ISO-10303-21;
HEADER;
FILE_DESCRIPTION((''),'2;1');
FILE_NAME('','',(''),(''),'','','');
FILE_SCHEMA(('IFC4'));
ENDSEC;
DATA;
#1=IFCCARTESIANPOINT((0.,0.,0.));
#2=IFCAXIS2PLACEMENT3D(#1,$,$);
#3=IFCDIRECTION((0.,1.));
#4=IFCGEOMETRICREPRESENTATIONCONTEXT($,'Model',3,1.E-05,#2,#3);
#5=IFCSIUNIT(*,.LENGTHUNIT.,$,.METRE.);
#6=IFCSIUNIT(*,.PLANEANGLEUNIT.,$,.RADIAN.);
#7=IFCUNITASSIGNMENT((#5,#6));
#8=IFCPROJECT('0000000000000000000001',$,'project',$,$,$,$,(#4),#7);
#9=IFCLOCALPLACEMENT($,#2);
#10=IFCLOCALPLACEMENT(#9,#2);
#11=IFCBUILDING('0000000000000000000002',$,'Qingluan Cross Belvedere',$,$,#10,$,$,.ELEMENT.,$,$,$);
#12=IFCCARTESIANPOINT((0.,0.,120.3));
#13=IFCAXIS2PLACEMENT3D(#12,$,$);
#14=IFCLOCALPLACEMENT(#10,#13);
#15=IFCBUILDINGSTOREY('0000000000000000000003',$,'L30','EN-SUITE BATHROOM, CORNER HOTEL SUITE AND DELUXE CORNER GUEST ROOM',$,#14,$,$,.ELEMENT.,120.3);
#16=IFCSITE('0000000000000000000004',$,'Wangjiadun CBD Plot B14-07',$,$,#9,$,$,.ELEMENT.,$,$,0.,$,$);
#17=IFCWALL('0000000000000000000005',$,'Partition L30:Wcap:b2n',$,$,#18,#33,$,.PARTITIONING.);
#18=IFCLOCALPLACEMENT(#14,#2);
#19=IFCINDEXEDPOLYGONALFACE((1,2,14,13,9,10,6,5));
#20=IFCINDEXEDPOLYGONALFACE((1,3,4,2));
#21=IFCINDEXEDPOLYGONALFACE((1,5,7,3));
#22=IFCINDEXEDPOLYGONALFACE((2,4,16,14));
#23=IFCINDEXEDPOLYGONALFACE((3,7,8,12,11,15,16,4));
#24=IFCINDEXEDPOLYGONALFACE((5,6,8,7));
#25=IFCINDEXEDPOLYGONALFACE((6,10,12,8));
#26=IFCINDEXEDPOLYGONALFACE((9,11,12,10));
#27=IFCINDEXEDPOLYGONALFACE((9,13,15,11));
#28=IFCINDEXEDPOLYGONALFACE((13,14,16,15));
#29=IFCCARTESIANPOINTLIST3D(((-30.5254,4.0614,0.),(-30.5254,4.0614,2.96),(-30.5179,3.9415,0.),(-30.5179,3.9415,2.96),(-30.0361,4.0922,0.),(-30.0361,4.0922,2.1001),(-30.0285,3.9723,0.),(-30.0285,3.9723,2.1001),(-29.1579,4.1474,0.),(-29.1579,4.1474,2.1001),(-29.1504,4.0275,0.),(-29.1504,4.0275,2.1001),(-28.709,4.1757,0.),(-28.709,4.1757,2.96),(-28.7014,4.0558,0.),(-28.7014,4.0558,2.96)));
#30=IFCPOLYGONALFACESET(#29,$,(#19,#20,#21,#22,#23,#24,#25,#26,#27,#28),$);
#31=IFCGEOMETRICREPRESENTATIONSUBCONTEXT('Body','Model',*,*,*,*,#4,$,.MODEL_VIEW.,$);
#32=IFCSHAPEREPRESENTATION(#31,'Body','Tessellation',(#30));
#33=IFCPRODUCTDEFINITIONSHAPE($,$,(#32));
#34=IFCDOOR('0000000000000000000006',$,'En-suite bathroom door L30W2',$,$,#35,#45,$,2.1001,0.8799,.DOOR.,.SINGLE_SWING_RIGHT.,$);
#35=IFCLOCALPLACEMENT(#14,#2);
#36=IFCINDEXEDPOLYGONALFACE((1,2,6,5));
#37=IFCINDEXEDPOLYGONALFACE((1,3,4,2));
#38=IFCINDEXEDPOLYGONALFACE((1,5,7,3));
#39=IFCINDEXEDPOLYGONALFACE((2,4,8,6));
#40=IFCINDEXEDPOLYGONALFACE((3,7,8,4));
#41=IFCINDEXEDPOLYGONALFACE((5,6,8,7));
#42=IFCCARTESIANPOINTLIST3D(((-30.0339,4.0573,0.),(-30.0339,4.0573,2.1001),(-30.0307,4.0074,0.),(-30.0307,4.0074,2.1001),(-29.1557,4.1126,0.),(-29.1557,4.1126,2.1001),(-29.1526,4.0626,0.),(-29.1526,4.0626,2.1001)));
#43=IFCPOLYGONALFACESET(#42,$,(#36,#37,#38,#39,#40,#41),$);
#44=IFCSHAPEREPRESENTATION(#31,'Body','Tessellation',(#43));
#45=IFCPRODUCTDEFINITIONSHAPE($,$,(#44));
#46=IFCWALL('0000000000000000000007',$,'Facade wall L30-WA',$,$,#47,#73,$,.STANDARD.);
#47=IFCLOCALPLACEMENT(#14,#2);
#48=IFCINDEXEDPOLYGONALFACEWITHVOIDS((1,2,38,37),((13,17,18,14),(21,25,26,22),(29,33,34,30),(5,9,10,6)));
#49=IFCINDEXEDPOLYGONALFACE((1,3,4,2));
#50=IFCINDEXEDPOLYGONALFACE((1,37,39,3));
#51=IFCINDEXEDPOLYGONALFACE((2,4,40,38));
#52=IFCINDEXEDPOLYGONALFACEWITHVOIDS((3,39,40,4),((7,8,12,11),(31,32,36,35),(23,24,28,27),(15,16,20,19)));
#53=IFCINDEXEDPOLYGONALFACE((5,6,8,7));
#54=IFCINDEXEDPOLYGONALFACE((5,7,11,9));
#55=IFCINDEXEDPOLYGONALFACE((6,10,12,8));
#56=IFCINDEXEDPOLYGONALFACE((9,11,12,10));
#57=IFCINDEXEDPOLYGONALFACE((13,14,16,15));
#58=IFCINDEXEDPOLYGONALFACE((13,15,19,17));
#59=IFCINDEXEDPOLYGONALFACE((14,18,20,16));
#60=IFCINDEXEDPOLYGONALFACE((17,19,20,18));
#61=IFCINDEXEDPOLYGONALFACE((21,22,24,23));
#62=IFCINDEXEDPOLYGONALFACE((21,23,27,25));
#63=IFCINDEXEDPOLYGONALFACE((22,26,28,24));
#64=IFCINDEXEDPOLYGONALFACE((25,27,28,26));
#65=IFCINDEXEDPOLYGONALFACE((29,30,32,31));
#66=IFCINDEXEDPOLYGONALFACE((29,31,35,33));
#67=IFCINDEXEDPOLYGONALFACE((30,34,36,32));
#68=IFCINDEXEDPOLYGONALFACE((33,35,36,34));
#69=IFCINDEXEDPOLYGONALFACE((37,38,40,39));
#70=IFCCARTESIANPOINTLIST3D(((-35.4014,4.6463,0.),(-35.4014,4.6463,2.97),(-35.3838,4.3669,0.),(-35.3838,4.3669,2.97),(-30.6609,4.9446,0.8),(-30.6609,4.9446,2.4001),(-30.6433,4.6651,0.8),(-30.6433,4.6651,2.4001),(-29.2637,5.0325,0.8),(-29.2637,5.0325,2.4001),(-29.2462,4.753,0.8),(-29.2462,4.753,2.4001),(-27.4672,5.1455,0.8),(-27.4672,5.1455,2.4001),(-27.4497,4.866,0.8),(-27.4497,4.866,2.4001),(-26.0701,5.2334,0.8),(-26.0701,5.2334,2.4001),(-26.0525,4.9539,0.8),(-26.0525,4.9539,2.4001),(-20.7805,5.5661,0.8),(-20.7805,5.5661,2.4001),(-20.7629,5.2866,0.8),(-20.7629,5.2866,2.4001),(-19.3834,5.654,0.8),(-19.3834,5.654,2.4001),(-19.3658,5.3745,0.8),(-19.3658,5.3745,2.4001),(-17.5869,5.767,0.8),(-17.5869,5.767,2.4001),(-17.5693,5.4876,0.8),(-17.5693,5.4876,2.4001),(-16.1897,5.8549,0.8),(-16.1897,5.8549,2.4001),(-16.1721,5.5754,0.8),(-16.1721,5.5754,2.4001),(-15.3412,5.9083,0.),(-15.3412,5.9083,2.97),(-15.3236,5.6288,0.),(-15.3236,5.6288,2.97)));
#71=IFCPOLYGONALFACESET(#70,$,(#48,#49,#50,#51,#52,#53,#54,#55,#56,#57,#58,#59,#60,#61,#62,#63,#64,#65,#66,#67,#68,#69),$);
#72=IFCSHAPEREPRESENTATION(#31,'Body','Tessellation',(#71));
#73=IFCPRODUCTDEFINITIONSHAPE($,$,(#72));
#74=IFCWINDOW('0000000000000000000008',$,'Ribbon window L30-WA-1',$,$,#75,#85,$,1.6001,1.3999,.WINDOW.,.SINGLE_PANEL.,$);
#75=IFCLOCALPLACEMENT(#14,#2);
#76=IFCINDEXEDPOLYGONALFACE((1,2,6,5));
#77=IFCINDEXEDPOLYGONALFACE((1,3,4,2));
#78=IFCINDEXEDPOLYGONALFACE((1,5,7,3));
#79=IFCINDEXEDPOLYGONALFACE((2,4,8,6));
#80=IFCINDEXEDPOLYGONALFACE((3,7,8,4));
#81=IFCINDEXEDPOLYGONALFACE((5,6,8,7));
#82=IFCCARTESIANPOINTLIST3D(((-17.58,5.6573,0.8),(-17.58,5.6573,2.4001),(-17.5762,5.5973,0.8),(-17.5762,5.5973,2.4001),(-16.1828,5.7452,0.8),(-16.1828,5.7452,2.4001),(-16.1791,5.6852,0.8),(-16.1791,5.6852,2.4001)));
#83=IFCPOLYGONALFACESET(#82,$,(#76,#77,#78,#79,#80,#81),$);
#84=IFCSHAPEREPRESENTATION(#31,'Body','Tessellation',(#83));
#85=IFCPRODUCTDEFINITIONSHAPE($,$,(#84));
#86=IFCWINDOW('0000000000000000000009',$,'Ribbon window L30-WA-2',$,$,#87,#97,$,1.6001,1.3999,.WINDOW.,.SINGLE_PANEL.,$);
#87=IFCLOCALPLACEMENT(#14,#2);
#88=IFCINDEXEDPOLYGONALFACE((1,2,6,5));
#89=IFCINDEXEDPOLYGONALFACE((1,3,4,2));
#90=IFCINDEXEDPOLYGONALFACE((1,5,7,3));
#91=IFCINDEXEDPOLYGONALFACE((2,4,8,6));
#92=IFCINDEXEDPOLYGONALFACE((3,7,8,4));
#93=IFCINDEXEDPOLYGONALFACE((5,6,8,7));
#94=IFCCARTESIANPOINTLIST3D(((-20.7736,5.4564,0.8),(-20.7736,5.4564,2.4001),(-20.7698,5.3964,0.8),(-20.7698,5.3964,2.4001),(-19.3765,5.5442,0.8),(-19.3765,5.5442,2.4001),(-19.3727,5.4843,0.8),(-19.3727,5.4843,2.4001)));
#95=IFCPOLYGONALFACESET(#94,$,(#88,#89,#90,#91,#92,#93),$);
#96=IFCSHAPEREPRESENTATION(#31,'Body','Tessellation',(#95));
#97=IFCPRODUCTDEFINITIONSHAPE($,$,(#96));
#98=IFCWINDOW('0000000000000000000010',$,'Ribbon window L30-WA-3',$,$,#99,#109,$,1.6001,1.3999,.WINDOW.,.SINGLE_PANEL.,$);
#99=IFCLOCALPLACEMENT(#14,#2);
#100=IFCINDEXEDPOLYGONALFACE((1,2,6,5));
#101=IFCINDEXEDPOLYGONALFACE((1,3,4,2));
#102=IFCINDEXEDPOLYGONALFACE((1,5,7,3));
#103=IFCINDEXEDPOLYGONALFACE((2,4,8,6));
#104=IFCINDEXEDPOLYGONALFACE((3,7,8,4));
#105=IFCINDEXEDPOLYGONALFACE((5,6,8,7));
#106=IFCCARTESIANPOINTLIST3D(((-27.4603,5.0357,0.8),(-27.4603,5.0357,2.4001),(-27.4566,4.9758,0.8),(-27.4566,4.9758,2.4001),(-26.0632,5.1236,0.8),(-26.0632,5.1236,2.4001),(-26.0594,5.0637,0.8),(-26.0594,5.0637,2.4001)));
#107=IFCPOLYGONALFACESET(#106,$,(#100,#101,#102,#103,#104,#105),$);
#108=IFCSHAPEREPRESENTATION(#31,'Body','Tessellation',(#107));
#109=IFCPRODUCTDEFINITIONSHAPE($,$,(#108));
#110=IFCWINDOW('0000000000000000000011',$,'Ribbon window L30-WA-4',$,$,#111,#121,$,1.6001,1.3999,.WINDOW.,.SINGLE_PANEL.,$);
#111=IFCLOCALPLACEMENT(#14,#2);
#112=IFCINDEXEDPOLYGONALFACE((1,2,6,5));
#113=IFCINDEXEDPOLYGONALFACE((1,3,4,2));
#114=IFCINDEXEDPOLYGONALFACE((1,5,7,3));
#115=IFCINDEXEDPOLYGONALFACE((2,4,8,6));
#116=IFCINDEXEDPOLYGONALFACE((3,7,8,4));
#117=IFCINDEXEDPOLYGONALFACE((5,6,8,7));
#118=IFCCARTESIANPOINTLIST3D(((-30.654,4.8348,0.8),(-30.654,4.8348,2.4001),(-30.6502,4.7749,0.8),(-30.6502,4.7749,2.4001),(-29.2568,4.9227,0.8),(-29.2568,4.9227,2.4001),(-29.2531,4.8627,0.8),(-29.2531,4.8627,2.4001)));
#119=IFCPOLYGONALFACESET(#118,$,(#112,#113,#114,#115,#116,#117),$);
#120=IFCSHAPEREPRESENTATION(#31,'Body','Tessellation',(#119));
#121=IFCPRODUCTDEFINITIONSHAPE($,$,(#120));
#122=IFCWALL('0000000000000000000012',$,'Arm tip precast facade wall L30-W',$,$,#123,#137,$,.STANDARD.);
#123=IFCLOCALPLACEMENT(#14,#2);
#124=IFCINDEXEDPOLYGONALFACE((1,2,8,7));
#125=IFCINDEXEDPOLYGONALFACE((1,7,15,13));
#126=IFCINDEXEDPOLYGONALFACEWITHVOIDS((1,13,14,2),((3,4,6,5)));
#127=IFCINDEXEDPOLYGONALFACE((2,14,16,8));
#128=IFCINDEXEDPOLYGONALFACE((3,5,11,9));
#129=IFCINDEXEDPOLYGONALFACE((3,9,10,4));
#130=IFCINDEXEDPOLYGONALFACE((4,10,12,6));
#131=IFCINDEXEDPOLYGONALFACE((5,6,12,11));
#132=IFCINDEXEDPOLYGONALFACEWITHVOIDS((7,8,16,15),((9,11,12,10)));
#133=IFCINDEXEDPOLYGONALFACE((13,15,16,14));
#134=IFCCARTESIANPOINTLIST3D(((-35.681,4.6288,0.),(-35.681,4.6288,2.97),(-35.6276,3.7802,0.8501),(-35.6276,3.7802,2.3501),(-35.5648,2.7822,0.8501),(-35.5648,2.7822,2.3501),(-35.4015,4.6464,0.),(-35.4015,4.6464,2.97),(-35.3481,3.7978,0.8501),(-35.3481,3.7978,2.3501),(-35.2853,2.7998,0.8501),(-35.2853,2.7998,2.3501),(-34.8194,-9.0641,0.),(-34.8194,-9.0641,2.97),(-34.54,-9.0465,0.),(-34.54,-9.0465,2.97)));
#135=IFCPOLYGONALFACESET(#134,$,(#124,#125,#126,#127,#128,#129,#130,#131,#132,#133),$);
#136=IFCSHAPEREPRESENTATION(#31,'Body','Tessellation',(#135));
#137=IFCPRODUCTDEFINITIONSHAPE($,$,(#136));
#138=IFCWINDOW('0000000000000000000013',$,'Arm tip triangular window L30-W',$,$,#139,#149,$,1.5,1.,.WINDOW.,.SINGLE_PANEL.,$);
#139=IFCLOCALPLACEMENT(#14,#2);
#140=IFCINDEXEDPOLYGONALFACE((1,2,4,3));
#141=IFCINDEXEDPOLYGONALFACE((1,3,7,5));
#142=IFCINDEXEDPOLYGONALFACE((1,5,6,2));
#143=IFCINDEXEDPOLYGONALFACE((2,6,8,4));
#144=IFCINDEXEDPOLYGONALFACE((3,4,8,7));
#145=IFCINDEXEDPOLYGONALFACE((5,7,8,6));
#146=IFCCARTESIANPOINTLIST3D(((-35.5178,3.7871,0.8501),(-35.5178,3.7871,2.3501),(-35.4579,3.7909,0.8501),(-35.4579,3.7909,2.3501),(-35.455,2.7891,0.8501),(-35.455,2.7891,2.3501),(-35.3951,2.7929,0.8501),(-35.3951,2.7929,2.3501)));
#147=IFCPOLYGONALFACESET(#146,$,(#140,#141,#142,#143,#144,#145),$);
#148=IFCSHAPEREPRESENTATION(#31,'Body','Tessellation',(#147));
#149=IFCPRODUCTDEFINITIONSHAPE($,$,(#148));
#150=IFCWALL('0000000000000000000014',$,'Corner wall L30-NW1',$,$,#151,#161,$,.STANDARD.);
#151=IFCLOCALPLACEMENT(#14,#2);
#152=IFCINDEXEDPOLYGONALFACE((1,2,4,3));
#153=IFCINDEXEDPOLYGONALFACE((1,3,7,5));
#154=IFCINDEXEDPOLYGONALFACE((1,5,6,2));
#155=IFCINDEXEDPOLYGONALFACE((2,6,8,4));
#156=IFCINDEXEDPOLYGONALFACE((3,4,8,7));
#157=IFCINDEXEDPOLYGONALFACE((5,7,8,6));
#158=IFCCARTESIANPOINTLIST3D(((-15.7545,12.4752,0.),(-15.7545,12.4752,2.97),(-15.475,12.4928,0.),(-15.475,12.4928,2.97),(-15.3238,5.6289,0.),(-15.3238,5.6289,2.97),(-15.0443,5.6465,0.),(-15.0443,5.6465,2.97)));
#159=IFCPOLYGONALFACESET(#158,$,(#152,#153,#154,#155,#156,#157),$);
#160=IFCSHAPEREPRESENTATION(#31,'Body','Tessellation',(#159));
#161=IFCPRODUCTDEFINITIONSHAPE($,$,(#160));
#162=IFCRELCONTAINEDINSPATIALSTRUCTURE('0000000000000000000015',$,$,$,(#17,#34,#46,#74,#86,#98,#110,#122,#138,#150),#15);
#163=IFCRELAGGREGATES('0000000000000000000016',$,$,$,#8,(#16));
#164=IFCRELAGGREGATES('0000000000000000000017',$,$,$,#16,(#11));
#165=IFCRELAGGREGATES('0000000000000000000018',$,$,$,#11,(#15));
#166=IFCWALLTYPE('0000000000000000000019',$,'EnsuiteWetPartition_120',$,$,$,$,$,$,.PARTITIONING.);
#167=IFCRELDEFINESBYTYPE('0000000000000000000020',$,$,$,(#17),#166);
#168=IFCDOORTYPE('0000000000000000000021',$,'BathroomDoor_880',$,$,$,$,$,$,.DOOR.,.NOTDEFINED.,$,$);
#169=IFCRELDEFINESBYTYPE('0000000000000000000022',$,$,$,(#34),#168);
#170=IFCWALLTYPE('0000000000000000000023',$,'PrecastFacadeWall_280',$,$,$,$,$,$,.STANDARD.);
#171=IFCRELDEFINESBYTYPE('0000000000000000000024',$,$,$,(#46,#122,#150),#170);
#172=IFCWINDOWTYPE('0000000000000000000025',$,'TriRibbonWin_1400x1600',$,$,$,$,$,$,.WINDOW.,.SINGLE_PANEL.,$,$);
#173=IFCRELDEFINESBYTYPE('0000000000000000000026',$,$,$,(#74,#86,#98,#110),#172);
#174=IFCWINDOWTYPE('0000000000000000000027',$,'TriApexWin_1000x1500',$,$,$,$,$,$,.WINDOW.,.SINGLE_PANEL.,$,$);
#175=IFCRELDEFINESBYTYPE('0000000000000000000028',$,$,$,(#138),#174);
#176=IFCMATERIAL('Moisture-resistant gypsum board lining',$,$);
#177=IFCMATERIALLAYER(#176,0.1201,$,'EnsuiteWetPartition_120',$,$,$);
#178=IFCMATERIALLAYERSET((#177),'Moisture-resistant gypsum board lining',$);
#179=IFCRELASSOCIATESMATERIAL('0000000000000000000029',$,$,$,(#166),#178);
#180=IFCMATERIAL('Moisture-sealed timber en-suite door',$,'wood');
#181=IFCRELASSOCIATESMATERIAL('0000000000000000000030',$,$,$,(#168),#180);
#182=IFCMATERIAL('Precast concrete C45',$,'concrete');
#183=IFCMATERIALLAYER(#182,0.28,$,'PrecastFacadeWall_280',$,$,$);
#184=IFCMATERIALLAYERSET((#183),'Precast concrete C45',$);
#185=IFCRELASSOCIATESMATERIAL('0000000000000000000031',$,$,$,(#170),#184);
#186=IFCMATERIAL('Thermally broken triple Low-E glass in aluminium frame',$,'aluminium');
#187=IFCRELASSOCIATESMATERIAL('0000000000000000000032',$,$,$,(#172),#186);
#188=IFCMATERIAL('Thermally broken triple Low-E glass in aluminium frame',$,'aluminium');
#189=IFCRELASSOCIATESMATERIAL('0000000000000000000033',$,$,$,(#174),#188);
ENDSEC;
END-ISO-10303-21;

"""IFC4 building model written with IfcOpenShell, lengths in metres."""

from ifc_helpers import new_model, si_unit, direction, frame, frame_2d, origin, place, context, subcontext, project, spatial, rectangle, extrude, material, layer, layer_set, type_object, element, fill, save


model = new_model("IFC4")

# Units and contexts
model_context = context("Model", 3, precision=1e-05, world=origin(), true_north=direction((0.0, 1.0)))
body_context = subcontext(model_context, "Body", "Model", "MODEL_VIEW")
ifc_project = project(units=[si_unit("LENGTHUNIT", "METRE"), si_unit("PLANEANGLEUNIT", "RADIAN")], contexts=[model_context])

# Site, building, storey
site_placement = place(None, origin())
site = spatial("IfcSite", under=ifc_project, at=site_placement, Name="Wangjiadun CBD Plot B14-07", CompositionType="ELEMENT", RefElevation=0.0)
building_placement = place(site_placement, origin())
building = spatial("IfcBuilding", under=site, at=building_placement, Name="Qingluan Cross Belvedere", CompositionType="ELEMENT")
storey_placement = place(building_placement, frame((0.0, 0.0, 120.3)))
storey = spatial("IfcBuildingStorey", under=building, at=storey_placement, Name="L30", Description="EN-SUITE BATHROOM, CORNER HOTEL SUITE AND DELUXE CORNER GUEST ROOM", CompositionType="ELEMENT", Elevation=120.3)

# Shared definitions
ifc_material_1 = material(Name="Moisture-resistant gypsum board lining")
ifc_layer_1 = layer(ifc_material_1, 0.1201, Name="EnsuiteWetPartition_120")
ifc_layer_set_1 = layer_set([ifc_layer_1], Name="Moisture-resistant gypsum board lining")
wall_type_1 = type_object("IfcWallType", Name="EnsuiteWetPartition_120", PredefinedType="PARTITIONING", material=ifc_layer_set_1)
ifc_material_2 = material(Name="Moisture-sealed timber en-suite door", Category="wood")
door_type_1 = type_object("IfcDoorType", Name="BathroomDoor_880", OperationType="NOTDEFINED", PredefinedType="DOOR", material=ifc_material_2)

# Wall, opening, door
wall_1_placement = place(storey_placement, frame((-28.7051, 4.1157, 0.0), z_axis=(0.0, 0.0, 1.0), x_axis=(-0.998027, -0.062779, 0.0)))
wall_1 = element("IfcWall", 1, at=wall_1_placement, inside=storey, type_object=wall_type_1, Name="Partition L30:Wcap:b2n", PredefinedType="PARTITIONING", context=body_context, shape_type="SweptSolid", body=[
    extrude(rectangle(XDim=1.8201, YDim=0.1201, at=frame_2d((0.9102, 0.0))), origin(), (0.0, 0.0, 1.0), 2.96),
])
opening_1_placement = place(wall_1_placement, frame((0.45, 0.0, 0.0)))
opening_1 = element("IfcOpeningElement", 2, at=opening_1_placement, cuts=wall_1, PredefinedType="OPENING", context=body_context, shape_type="SweptSolid", body=[
    extrude(rectangle(XDim=0.8799, YDim=2.1001, at=frame_2d((0.4399, 1.05))), frame((0.0, 0.0701, 0.0), z_axis=(0.0, -1.0, 0.0), x_axis=(1.0, 0.0, 0.0)), (0.0, 0.0, 1.0), 0.1401),
])
door_1_placement = place(opening_1_placement, origin())
door_1 = element("IfcDoor", 3, at=door_1_placement, inside=storey, type_object=door_type_1, Name="En-suite bathroom door L30W2", OperationType="SINGLE_SWING_RIGHT", OverallHeight=2.1001, OverallWidth=0.8799, PredefinedType="DOOR", context=body_context, shape_type="SweptSolid", body=[
    extrude(rectangle(XDim=0.8799, YDim=2.1001, at=frame_2d((0.4399, 1.05))), frame((0.0, 0.0249, 0.0), z_axis=(0.0, -1.0, 0.0), x_axis=(1.0, 0.0, 0.0)), (0.0, 0.0, 1.0), 0.05),
])
fill(opening_1, door_1)

# Wall, openings, windows
ifc_material_3 = material(Name="Precast concrete C45", Category="concrete")
ifc_layer_2 = layer(ifc_material_3, 0.28, Name="PrecastFacadeWall_280")
ifc_layer_set_2 = layer_set([ifc_layer_2], Name="Precast concrete C45")
wall_type_2 = type_object("IfcWallType", Name="PrecastFacadeWall_280", PredefinedType="STANDARD", material=ifc_layer_set_2)
wall_2_placement = place(storey_placement, frame((-15.3325, 5.7686, 0.0), z_axis=(0.0, 0.0, 1.0), x_axis=(-0.998027, -0.062784, 0.0)))
wall_2 = element("IfcWall", 4, at=wall_2_placement, inside=storey, type_object=wall_type_2, Name="Facade wall L30-WA", PredefinedType="STANDARD", context=body_context, shape_type="SweptSolid", body=[
    extrude(rectangle(XDim=20.0999, YDim=0.28, at=frame_2d((10.0498, 0.0))), origin(), (0.0, 0.0, 1.0), 2.97),
])
opening_2_placement = place(wall_2_placement, frame((0.8501, 0.0, 0.8)))
opening_2 = element("IfcOpeningElement", 5, at=opening_2_placement, cuts=wall_2, PredefinedType="OPENING", context=body_context, shape_type="SweptSolid", body=[
    extrude(rectangle(XDim=1.3999, YDim=1.6001, at=frame_2d((0.7, 0.8))), frame((0.0, 0.1499, 0.0), z_axis=(0.0, -1.0, 0.0), x_axis=(1.0, 0.0, 0.0)), (0.0, 0.0, 1.0), 0.3),
])
opening_3_placement = place(wall_2_placement, frame((4.05, 0.0, 0.8)))
opening_3 = element("IfcOpeningElement", 6, at=opening_3_placement, cuts=wall_2, PredefinedType="OPENING", context=body_context, shape_type="SweptSolid", body=[
    extrude(rectangle(XDim=1.3999, YDim=1.6001, at=frame_2d((0.7, 0.8))), frame((0.0, 0.1499, 0.0), z_axis=(0.0, -1.0, 0.0), x_axis=(1.0, 0.0, 0.0)), (0.0, 0.0, 1.0), 0.3),
])
opening_4_placement = place(wall_2_placement, frame((10.75, 0.0, 0.8)))
opening_4 = element("IfcOpeningElement", 7, at=opening_4_placement, cuts=wall_2, PredefinedType="OPENING", context=body_context, shape_type="SweptSolid", body=[
    extrude(rectangle(XDim=1.3999, YDim=1.6001, at=frame_2d((0.7, 0.8))), frame((0.0, 0.1499, 0.0), z_axis=(0.0, -1.0, 0.0), x_axis=(1.0, 0.0, 0.0)), (0.0, 0.0, 1.0), 0.3),
])
opening_5_placement = place(wall_2_placement, frame((13.95, 0.0, 0.8)))
opening_5 = element("IfcOpeningElement", 8, at=opening_5_placement, cuts=wall_2, PredefinedType="OPENING", context=body_context, shape_type="SweptSolid", body=[
    extrude(rectangle(XDim=1.3999, YDim=1.6001, at=frame_2d((0.7, 0.8))), frame((0.0, 0.1499, 0.0), z_axis=(0.0, -1.0, 0.0), x_axis=(1.0, 0.0, 0.0)), (0.0, 0.0, 1.0), 0.3),
])
ifc_material_4 = material(Name="Thermally broken triple Low-E glass in aluminium frame", Category="aluminium")
window_type_1 = type_object("IfcWindowType", Name="TriRibbonWin_1400x1600", PartitioningType="SINGLE_PANEL", PredefinedType="WINDOW", material=ifc_material_4)
window_1_placement = place(opening_2_placement, origin())
window_1 = element("IfcWindow", 9, at=window_1_placement, inside=storey, type_object=window_type_1, Name="Ribbon window L30-WA-1", OverallHeight=1.6001, OverallWidth=1.3999, PartitioningType="SINGLE_PANEL", PredefinedType="WINDOW", context=body_context, shape_type="SweptSolid", body=[
    extrude(rectangle(XDim=1.3999, YDim=1.6001, at=frame_2d((0.7, 0.8))), frame((0.0, 0.03, 0.0), z_axis=(0.0, -1.0, 0.0), x_axis=(1.0, 0.0, 0.0)), (0.0, 0.0, 1.0), 0.0601),
])
fill(opening_2, window_1)
window_2_placement = place(opening_3_placement, origin())
window_2 = element("IfcWindow", 10, at=window_2_placement, inside=storey, type_object=window_type_1, Name="Ribbon window L30-WA-2", OverallHeight=1.6001, OverallWidth=1.3999, PartitioningType="SINGLE_PANEL", PredefinedType="WINDOW", context=body_context, shape_type="SweptSolid", body=[
    extrude(rectangle(XDim=1.3999, YDim=1.6001, at=frame_2d((0.7, 0.8))), frame((0.0, 0.03, 0.0), z_axis=(0.0, -1.0, 0.0), x_axis=(1.0, 0.0, 0.0)), (0.0, 0.0, 1.0), 0.0601),
])
fill(opening_3, window_2)
window_3_placement = place(opening_4_placement, origin())
window_3 = element("IfcWindow", 11, at=window_3_placement, inside=storey, type_object=window_type_1, Name="Ribbon window L30-WA-3", OverallHeight=1.6001, OverallWidth=1.3999, PartitioningType="SINGLE_PANEL", PredefinedType="WINDOW", context=body_context, shape_type="SweptSolid", body=[
    extrude(rectangle(XDim=1.3999, YDim=1.6001, at=frame_2d((0.7, 0.8))), frame((0.0, 0.03, 0.0), z_axis=(0.0, -1.0, 0.0), x_axis=(1.0, 0.0, 0.0)), (0.0, 0.0, 1.0), 0.0601),
])
fill(opening_4, window_3)
window_4_placement = place(opening_5_placement, origin())
window_4 = element("IfcWindow", 12, at=window_4_placement, inside=storey, type_object=window_type_1, Name="Ribbon window L30-WA-4", OverallHeight=1.6001, OverallWidth=1.3999, PartitioningType="SINGLE_PANEL", PredefinedType="WINDOW", context=body_context, shape_type="SweptSolid", body=[
    extrude(rectangle(XDim=1.3999, YDim=1.6001, at=frame_2d((0.7, 0.8))), frame((0.0, 0.03, 0.0), z_axis=(0.0, -1.0, 0.0), x_axis=(1.0, 0.0, 0.0)), (0.0, 0.0, 1.0), 0.0601),
])
fill(opening_5, window_4)

# Wall, opening, window
wall_3_placement = place(storey_placement, frame((-35.5413, 4.6375, 0.0), z_axis=(0.0, 0.0, 1.0), x_axis=(0.062797, -0.998026, 0.0)))
wall_3 = element("IfcWall", 13, at=wall_3_placement, inside=storey, type_object=wall_type_2, Name="Arm tip precast facade wall L30-W", PredefinedType="STANDARD", context=body_context, shape_type="SweptSolid", body=[
    extrude(rectangle(XDim=13.72, YDim=0.28, at=frame_2d((6.8599, 0.0))), origin(), (0.0, 0.0, 1.0), 2.97),
])
opening_6_placement = place(wall_3_placement, frame((0.8501, 0.0, 0.8501)))
opening_6 = element("IfcOpeningElement", 14, at=opening_6_placement, cuts=wall_3, PredefinedType="OPENING", context=body_context, shape_type="SweptSolid", body=[
    extrude(rectangle(XDim=1.0, YDim=1.5, at=frame_2d((0.5, 0.75))), frame((0.0, 0.1499, 0.0), z_axis=(0.0, -1.0, 0.0), x_axis=(1.0, 0.0, 0.0)), (0.0, 0.0, 1.0), 0.3),
])
ifc_material_5 = material(Name="Thermally broken triple Low-E glass in aluminium frame", Category="aluminium")
window_type_2 = type_object("IfcWindowType", Name="TriApexWin_1000x1500", PartitioningType="SINGLE_PANEL", PredefinedType="WINDOW", material=ifc_material_5)
window_5_placement = place(opening_6_placement, origin())
window_5 = element("IfcWindow", 15, at=window_5_placement, inside=storey, type_object=window_type_2, Name="Arm tip triangular window L30-W", OverallHeight=1.5, OverallWidth=1.0, PartitioningType="SINGLE_PANEL", PredefinedType="WINDOW", context=body_context, shape_type="SweptSolid", body=[
    extrude(rectangle(XDim=1.0, YDim=1.5, at=frame_2d((0.5, 0.75))), frame((0.0, 0.03, 0.0), z_axis=(0.0, -1.0, 0.0), x_axis=(1.0, 0.0, 0.0)), (0.0, 0.0, 1.0), 0.0601),
])
fill(opening_6, window_5)

# Wall
wall_4_placement = place(storey_placement, frame((-15.1841, 5.6377, 0.0), z_axis=(0.0, 0.0, 1.0), x_axis=(-0.062779, 0.998027, 0.0)))
element("IfcWall", 16, at=wall_4_placement, inside=storey, type_object=wall_type_2, Name="Corner wall L30-NW1", PredefinedType="STANDARD", context=body_context, shape_type="SweptSolid", body=[
    extrude(rectangle(XDim=6.8599, YDim=0.28, at=frame_2d((3.4299, 0.0))), origin(), (0.0, 0.0, 1.0), 2.97),
])

save(model, "model.ifc")
